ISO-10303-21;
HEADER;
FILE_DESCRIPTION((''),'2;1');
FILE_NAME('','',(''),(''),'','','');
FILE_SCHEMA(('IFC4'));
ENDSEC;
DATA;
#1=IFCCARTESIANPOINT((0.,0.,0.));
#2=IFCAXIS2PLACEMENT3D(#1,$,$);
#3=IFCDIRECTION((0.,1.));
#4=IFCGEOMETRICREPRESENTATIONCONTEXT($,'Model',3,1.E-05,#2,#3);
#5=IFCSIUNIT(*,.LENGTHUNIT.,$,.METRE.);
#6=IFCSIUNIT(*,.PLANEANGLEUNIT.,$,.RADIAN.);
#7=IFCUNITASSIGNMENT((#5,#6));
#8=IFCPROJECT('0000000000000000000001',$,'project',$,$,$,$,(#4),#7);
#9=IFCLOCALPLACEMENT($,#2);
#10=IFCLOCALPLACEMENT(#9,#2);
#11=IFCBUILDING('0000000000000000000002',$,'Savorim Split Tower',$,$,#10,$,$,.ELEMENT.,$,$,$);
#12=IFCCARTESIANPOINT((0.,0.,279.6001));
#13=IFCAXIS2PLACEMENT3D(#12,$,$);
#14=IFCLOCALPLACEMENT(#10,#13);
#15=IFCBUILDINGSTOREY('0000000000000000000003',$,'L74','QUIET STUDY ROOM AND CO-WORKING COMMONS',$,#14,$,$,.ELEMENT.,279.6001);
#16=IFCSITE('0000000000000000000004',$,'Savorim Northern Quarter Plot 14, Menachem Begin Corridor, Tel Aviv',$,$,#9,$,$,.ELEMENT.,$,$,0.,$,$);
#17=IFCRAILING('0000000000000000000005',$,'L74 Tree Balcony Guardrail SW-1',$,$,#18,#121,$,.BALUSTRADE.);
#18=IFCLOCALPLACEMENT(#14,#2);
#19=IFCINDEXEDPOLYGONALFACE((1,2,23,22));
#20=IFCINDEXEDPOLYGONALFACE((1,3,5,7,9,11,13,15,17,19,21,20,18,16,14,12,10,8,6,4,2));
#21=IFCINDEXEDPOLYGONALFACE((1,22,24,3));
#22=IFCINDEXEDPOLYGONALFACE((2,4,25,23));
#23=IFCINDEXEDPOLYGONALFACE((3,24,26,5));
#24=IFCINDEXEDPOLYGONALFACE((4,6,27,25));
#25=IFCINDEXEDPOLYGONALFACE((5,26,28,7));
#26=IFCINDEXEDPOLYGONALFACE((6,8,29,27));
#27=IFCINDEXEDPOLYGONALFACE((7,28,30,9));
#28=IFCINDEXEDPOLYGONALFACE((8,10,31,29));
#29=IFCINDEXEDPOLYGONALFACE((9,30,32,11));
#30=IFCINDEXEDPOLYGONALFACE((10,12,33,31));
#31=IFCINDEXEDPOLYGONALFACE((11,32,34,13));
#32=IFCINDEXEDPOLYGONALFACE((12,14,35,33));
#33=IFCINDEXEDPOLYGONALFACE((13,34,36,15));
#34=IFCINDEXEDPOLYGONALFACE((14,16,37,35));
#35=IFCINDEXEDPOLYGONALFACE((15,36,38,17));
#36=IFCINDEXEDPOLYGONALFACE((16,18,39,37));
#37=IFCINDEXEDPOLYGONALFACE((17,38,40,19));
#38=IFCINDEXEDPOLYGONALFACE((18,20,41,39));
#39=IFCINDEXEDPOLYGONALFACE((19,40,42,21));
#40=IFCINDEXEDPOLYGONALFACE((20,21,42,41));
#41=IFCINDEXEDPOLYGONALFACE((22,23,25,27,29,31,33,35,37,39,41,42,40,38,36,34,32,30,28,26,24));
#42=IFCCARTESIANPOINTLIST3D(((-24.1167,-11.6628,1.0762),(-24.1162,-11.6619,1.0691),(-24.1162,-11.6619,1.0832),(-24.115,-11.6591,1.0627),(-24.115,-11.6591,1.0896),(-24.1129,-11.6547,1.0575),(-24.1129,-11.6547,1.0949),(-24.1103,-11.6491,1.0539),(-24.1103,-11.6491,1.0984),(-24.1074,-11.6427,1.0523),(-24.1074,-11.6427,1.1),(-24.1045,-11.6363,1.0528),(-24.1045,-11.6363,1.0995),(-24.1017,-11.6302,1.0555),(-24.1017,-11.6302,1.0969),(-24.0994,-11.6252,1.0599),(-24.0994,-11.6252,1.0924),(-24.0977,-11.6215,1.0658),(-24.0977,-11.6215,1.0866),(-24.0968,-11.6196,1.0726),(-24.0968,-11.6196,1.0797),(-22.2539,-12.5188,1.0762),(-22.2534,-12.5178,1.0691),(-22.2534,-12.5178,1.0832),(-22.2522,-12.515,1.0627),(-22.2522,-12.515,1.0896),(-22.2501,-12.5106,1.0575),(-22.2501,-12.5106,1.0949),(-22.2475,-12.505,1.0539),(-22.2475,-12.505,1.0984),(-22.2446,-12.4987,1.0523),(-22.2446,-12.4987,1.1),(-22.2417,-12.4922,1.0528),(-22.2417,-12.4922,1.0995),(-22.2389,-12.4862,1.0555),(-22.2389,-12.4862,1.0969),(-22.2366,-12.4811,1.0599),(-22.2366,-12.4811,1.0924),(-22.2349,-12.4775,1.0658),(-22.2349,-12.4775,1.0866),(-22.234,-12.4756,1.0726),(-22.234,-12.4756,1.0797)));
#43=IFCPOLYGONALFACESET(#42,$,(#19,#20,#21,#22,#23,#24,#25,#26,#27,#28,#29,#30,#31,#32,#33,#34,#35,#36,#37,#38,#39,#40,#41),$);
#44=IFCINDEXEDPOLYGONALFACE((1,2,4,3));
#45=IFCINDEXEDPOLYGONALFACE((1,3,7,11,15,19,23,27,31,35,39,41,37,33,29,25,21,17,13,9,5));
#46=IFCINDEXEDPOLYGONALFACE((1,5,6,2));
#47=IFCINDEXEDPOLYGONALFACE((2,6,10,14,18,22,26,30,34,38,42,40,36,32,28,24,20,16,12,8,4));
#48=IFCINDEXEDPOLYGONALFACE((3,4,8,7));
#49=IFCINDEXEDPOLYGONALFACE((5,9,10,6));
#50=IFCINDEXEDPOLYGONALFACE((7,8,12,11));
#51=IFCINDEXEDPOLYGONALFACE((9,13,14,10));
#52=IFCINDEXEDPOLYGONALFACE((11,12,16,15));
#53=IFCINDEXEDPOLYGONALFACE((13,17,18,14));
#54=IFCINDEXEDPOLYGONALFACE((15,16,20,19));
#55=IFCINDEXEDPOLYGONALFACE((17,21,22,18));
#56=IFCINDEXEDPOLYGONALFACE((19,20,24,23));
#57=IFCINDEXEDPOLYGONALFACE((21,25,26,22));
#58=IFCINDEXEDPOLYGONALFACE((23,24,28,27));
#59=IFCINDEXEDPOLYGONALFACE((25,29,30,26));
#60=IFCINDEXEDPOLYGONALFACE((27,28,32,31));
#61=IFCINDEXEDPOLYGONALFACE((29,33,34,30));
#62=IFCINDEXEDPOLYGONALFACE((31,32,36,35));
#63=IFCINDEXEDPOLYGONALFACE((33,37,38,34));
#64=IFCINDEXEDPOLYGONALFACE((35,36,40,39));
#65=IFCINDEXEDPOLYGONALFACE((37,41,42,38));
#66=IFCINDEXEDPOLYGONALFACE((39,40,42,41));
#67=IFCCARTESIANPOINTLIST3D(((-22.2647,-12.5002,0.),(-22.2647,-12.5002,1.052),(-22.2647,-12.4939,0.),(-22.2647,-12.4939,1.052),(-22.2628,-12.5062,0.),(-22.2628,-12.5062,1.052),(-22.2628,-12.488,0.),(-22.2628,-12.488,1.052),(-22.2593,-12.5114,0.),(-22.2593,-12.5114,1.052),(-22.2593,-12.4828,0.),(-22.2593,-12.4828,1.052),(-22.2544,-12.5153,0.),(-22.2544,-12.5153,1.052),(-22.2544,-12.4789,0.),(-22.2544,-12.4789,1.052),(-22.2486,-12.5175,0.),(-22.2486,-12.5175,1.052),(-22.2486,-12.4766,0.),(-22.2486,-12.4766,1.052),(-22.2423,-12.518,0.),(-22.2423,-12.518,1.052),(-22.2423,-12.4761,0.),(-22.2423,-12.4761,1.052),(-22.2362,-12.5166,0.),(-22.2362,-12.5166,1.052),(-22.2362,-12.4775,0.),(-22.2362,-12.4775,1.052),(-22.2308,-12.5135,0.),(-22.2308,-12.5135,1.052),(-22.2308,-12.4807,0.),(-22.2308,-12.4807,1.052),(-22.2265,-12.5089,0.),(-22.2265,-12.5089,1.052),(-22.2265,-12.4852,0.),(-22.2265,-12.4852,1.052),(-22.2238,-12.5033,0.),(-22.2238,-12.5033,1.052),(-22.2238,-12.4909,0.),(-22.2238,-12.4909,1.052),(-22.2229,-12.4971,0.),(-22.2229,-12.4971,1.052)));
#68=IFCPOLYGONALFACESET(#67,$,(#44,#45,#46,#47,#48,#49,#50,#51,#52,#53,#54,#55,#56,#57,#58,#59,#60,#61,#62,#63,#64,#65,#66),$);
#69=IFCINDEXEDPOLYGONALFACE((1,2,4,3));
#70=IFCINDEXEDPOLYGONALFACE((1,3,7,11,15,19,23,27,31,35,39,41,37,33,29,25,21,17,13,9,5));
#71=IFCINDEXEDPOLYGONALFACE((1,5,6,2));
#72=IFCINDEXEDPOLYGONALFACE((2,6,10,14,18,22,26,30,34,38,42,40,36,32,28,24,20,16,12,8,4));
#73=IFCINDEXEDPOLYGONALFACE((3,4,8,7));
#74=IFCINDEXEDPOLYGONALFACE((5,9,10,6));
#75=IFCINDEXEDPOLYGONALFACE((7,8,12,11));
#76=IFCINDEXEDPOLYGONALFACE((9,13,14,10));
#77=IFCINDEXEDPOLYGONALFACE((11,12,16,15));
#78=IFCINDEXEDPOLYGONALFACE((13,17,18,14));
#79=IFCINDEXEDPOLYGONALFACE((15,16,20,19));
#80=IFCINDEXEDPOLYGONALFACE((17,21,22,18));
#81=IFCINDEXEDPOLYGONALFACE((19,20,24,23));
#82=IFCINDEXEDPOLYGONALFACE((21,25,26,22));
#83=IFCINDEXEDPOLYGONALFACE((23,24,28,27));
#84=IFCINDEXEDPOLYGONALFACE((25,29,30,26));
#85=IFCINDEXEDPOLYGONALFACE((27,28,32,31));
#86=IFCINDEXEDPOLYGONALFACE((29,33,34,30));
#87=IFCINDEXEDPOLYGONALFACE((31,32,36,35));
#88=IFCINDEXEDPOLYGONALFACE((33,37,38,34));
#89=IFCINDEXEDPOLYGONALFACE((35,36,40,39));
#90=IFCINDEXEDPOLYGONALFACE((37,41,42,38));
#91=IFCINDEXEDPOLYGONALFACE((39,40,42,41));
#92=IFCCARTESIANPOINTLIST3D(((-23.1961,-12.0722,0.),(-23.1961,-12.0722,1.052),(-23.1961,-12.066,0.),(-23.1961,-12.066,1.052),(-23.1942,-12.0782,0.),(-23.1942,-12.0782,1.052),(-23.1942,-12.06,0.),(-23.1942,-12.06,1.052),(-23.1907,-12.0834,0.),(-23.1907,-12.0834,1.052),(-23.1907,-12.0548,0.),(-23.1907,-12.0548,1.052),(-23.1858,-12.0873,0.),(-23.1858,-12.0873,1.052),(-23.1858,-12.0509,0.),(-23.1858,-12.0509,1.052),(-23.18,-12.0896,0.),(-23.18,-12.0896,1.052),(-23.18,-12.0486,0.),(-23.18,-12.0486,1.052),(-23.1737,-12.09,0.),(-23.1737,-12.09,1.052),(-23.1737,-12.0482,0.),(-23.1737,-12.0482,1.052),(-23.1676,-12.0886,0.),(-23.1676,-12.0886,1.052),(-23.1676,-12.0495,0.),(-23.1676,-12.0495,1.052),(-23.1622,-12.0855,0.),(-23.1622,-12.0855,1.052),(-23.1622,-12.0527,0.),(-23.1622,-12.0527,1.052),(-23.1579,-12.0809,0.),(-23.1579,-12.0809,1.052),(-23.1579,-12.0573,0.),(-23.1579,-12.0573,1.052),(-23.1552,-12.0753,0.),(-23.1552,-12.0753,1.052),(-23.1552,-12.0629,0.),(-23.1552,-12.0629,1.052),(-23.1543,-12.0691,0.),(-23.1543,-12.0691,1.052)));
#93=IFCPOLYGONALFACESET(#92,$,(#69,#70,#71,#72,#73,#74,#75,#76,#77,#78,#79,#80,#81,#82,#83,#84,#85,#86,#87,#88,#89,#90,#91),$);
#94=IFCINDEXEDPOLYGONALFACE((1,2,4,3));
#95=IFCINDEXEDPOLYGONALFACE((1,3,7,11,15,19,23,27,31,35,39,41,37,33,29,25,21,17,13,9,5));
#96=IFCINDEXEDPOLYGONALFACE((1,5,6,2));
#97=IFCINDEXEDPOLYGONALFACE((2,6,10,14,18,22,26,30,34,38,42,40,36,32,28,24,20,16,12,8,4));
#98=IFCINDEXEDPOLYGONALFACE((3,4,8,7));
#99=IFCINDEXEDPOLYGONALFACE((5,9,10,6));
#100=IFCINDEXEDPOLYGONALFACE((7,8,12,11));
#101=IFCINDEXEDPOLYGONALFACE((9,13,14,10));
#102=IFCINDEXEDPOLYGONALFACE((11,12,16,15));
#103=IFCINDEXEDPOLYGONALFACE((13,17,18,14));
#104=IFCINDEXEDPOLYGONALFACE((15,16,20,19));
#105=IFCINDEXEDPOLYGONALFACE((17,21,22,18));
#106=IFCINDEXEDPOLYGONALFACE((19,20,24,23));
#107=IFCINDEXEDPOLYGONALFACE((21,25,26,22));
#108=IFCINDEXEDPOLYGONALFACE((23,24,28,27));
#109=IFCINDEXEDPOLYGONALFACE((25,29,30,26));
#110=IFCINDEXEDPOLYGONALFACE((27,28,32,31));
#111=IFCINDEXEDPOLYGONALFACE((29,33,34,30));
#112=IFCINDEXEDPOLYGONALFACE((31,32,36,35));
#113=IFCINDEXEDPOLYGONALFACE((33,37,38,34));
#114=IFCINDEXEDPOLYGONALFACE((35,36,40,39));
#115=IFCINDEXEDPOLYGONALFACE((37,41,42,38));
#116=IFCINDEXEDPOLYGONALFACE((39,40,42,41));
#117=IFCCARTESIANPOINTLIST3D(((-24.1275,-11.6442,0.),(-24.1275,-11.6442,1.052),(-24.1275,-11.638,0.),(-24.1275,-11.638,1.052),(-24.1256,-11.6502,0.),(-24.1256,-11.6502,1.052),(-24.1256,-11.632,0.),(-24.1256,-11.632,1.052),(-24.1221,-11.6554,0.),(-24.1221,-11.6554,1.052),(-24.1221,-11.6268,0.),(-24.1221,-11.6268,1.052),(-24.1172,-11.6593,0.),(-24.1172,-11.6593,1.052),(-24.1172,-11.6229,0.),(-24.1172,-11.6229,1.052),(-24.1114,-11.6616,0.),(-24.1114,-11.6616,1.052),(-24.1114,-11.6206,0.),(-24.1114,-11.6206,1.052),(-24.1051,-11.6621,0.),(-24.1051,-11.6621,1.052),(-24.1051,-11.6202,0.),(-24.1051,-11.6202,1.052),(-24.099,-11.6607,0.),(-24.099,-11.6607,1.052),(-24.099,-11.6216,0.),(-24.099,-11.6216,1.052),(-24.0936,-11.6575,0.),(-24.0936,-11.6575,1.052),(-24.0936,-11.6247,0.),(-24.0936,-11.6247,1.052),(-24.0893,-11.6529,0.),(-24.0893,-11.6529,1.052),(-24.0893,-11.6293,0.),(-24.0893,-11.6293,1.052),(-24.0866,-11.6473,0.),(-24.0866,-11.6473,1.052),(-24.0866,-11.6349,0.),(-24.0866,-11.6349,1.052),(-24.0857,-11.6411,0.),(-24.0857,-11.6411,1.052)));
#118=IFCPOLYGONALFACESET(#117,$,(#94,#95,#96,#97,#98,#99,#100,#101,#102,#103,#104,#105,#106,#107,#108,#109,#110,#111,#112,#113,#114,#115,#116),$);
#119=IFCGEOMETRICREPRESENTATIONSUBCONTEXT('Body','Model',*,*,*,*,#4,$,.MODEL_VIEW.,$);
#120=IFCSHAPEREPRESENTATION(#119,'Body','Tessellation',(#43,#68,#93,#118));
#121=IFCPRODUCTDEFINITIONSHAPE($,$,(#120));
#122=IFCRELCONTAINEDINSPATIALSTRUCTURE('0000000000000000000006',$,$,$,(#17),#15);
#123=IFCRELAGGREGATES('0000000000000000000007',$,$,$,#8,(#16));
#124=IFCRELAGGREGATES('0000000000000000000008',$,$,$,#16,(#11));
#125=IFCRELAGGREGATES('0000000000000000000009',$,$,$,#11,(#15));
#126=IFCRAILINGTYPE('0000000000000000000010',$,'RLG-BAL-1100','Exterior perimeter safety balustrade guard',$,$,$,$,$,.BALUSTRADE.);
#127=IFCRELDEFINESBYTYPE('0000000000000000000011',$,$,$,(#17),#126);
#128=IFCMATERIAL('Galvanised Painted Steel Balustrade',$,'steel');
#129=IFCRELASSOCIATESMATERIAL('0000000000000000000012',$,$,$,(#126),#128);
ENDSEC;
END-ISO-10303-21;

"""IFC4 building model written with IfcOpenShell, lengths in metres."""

from ifc_helpers import new_model, si_unit, direction, frame, origin, origin_2d, place, context, subcontext, project, spatial, circle, extrude, material, type_object, element, save


model = new_model("IFC4")

# Units and contexts
model_context = context("Model", 3, precision=1e-05, world=origin(), true_north=direction((0.0, 1.0)))
body_context = subcontext(model_context, "Body", "Model", "MODEL_VIEW")
ifc_project = project(units=[si_unit("LENGTHUNIT", "METRE"), si_unit("PLANEANGLEUNIT", "RADIAN")], contexts=[model_context])

# Site, building, storey
site_placement = place(None, origin())
site = spatial("IfcSite", under=ifc_project, at=site_placement, Name="Savorim Northern Quarter Plot 14, Menachem Begin Corridor, Tel Aviv", CompositionType="ELEMENT", RefElevation=0.0)
building_placement = place(site_placement, origin())
building = spatial("IfcBuilding", under=site, at=building_placement, Name="Savorim Split Tower", CompositionType="ELEMENT")
storey_placement = place(building_placement, frame((0.0, 0.0, 279.6001)))
storey = spatial("IfcBuildingStorey", under=building, at=storey_placement, Name="L74", Description="QUIET STUDY ROOM AND CO-WORKING COMMONS", CompositionType="ELEMENT", Elevation=279.6001)

# Railing
ifc_material_1 = material(Name="Galvanised Painted Steel Balustrade", Category="steel")
railing_type = type_object("IfcRailingType", Name="RLG-BAL-1100", Description="Exterior perimeter safety balustrade guard", PredefinedType="BALUSTRADE", material=ifc_material_1)
railing_1_placement = place(storey_placement, frame((-22.2439, -12.4971, 0.0)))
element("IfcRailing", 1, at=railing_1_placement, inside=storey, type_object=railing_type, Name="L74 Tree Balcony Guardrail SW-1", PredefinedType="BALUSTRADE", context=body_context, shape_type="SweptSolid", body=[
    extrude(circle(Radius=0.0239, at=origin_2d()), frame((0.0, 0.0, 1.0762), z_axis=(-0.908662, 0.417532, 0.0), x_axis=(-0.417532, -0.908662, 0.0)), (0.0, 0.0, 1.0), 2.05),
    extrude(circle(Radius=0.021, at=origin_2d()), origin(), (0.0, 0.0, 1.0), 1.052),
    extrude(circle(Radius=0.021, at=origin_2d()), frame((-0.9314, 0.428, 0.0)), (0.0, 0.0, 1.0), 1.052),
    extrude(circle(Radius=0.021, at=origin_2d()), frame((-1.8628, 0.856, 0.0)), (0.0, 0.0, 1.0), 1.052),
])

save(model, "model.ifc")
